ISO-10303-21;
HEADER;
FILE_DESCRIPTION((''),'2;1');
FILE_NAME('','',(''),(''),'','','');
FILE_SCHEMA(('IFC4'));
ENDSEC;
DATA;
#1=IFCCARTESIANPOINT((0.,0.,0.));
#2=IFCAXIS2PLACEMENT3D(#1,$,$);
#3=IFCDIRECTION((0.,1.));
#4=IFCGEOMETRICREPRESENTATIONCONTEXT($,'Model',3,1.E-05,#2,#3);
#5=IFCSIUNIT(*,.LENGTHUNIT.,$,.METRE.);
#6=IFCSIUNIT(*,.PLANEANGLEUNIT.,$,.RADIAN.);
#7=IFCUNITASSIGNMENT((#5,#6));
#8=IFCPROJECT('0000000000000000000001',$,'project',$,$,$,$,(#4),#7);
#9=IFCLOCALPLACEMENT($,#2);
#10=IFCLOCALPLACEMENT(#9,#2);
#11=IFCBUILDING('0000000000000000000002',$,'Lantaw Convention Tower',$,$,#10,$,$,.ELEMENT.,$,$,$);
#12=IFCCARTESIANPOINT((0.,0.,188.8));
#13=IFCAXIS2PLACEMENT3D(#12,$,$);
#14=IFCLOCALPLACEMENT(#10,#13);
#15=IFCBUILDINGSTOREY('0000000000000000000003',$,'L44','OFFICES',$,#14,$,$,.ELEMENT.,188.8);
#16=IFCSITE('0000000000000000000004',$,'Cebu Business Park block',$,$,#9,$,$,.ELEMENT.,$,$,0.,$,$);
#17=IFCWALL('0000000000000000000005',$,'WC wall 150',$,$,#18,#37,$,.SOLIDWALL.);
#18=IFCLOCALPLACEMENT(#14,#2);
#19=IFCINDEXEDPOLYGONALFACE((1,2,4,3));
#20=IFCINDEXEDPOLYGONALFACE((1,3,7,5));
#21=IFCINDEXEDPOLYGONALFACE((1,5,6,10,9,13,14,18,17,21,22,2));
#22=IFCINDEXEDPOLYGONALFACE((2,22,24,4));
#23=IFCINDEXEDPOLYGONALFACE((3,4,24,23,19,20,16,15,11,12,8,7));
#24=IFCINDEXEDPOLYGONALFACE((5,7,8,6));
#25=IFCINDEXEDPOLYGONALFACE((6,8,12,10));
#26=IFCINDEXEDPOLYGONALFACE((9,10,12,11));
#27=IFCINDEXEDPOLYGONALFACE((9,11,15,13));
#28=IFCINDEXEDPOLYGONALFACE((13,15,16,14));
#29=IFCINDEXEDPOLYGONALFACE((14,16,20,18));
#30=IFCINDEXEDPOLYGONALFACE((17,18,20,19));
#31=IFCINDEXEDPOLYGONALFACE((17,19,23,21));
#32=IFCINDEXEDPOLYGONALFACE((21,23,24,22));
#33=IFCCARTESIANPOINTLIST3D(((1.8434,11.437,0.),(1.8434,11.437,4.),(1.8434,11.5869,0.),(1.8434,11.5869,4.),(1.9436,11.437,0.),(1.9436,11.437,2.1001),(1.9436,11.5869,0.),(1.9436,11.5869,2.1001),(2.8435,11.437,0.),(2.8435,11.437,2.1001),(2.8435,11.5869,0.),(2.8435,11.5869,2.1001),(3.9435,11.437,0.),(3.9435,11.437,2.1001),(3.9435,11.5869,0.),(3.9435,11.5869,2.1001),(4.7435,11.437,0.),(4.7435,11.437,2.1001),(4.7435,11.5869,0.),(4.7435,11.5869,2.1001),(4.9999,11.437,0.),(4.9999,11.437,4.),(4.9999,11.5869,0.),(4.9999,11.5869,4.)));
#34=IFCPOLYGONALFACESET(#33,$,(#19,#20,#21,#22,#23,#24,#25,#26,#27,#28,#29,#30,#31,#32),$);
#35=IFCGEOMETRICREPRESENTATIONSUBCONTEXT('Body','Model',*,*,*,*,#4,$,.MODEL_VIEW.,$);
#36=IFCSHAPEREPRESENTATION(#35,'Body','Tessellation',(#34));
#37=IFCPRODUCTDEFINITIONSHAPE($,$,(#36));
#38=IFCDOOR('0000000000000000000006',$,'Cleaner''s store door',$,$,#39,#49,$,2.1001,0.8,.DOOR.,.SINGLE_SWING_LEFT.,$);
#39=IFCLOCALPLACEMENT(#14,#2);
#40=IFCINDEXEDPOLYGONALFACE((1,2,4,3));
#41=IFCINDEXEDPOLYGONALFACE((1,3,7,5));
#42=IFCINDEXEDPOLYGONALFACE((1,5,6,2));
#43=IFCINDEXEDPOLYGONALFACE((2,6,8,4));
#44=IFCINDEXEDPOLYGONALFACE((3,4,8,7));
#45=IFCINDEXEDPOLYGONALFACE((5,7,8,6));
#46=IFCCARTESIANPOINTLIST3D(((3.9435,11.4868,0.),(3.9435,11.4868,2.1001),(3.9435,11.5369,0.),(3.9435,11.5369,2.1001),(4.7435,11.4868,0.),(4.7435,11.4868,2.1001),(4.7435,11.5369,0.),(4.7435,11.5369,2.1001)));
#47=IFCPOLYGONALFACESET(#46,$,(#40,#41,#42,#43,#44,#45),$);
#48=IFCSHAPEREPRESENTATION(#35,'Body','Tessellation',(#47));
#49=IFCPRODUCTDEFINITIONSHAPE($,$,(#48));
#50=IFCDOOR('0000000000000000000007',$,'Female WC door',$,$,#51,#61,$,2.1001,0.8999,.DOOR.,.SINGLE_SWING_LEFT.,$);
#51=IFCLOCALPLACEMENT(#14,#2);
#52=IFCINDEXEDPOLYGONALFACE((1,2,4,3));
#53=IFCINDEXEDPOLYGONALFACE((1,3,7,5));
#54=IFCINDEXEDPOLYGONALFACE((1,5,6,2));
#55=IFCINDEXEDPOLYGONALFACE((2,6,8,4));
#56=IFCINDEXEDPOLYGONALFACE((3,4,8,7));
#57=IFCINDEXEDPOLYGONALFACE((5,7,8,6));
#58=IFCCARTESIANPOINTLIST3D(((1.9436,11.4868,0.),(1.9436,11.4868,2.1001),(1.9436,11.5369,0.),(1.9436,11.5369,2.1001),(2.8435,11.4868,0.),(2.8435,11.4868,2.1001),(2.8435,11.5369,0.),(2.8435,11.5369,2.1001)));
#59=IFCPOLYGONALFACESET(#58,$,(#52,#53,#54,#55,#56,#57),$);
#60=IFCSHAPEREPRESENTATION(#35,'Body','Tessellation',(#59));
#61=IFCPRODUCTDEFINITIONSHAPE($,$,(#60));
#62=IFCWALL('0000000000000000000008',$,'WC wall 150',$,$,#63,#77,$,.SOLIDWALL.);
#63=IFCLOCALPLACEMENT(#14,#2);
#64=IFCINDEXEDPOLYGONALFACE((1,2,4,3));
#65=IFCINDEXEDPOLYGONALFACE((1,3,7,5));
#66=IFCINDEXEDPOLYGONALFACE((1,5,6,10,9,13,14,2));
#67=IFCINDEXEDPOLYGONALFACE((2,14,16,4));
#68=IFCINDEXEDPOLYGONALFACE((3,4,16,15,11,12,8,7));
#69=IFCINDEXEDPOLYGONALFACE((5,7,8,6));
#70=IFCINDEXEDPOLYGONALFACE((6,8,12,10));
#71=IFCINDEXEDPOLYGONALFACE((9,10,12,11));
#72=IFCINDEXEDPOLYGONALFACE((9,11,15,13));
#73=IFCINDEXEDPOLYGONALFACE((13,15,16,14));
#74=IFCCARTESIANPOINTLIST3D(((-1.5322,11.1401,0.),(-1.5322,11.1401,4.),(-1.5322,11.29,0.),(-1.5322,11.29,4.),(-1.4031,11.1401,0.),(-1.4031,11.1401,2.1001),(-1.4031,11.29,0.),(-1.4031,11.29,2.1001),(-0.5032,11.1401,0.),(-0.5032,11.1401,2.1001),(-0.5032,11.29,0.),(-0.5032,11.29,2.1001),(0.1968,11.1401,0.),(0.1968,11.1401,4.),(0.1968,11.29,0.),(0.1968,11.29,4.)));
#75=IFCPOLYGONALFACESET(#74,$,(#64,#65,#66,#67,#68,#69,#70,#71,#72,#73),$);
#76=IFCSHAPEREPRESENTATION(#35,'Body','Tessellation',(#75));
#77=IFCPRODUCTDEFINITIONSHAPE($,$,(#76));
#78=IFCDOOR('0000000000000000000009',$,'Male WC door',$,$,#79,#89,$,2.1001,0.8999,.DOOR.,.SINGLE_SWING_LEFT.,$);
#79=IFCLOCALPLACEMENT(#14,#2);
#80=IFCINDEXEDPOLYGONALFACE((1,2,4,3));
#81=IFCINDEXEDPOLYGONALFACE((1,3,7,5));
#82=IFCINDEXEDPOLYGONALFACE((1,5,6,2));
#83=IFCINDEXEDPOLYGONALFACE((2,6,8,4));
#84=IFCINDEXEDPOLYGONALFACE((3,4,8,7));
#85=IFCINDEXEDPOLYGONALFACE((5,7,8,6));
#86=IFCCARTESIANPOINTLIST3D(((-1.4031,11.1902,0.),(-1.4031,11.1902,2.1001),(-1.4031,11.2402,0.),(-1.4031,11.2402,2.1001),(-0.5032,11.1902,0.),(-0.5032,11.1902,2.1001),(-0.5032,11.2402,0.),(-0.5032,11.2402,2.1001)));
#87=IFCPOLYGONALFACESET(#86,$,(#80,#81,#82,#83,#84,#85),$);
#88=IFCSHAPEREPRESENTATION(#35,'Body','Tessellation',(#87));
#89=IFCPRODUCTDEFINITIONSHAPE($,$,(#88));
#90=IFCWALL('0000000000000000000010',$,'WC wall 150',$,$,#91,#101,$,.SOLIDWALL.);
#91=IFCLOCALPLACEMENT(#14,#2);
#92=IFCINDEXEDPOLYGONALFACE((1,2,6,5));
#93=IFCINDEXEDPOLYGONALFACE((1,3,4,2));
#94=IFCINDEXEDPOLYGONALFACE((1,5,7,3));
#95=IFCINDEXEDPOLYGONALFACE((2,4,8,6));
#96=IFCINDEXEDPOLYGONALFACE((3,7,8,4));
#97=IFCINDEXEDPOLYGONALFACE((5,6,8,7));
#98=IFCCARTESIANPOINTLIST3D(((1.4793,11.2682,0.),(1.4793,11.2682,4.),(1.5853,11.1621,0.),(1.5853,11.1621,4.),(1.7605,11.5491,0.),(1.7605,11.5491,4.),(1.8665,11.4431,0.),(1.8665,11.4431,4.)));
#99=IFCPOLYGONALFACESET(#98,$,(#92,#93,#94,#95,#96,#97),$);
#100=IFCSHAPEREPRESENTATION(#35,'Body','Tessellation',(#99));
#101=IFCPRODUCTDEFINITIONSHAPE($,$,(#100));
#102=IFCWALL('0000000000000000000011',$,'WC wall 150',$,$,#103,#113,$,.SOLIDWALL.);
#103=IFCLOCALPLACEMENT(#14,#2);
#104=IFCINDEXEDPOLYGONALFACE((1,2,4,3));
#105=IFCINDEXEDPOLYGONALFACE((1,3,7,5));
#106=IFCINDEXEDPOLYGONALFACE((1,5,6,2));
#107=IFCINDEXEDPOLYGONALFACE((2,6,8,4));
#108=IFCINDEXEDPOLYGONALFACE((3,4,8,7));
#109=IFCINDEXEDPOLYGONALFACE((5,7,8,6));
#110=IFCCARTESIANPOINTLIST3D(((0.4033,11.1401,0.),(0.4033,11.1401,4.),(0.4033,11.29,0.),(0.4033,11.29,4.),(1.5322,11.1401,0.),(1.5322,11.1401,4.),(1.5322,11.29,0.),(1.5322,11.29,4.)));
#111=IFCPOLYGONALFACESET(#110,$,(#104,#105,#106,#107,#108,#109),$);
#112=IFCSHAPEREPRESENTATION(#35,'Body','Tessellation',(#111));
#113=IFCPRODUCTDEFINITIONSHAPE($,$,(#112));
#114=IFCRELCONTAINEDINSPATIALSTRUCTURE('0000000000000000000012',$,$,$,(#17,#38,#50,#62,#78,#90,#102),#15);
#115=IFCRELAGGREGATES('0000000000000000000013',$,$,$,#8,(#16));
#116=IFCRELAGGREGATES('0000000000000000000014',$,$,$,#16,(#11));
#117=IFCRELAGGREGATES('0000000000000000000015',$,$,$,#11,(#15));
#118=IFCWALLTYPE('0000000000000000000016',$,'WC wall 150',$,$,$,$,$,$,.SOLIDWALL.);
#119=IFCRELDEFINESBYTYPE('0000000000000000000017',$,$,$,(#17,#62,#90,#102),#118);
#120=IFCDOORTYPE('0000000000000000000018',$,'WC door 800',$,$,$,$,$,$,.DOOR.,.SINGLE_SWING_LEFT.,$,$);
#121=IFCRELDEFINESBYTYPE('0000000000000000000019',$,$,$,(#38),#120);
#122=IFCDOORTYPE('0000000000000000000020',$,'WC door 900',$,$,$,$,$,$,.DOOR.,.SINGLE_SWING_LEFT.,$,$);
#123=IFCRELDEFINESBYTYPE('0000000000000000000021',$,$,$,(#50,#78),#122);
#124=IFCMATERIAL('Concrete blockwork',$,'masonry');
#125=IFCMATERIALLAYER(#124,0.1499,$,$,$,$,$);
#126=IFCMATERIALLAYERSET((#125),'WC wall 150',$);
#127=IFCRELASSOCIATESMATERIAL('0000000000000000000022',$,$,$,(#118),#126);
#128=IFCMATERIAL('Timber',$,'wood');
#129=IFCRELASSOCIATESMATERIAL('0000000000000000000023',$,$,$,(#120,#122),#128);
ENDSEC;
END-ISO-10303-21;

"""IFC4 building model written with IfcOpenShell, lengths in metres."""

from ifc_helpers import new_model, si_unit, direction, frame, frame_2d, origin, place, context, subcontext, project, spatial, rectangle, extrude, material, layer, layer_set, type_object, element, fill, save


model = new_model("IFC4")

# Units and contexts
model_context = context("Model", 3, precision=1e-05, world=origin(), true_north=direction((0.0, 1.0)))
body_context = subcontext(model_context, "Body", "Model", "MODEL_VIEW")
ifc_project = project(units=[si_unit("LENGTHUNIT", "METRE"), si_unit("PLANEANGLEUNIT", "RADIAN")], contexts=[model_context])

# Site, building, storey
site_placement = place(None, origin())
site = spatial("IfcSite", under=ifc_project, at=site_placement, Name="Cebu Business Park block", CompositionType="ELEMENT", RefElevation=0.0)
building_placement = place(site_placement, origin())
building = spatial("IfcBuilding", under=site, at=building_placement, Name="Lantaw Convention Tower", CompositionType="ELEMENT")
storey_placement = place(building_placement, frame((0.0, 0.0, 188.8)))
storey = spatial("IfcBuildingStorey", under=building, at=storey_placement, Name="L44", Description="OFFICES", CompositionType="ELEMENT", Elevation=188.8)

# Shared definitions
ifc_material_1 = material(Name="Concrete blockwork", Category="masonry")
ifc_layer_1 = layer(ifc_material_1, 0.1499)
ifc_layer_set_1 = layer_set([ifc_layer_1], Name="WC wall 150")
wall_type_1 = type_object("IfcWallType", Name="WC wall 150", PredefinedType="SOLIDWALL", material=ifc_layer_set_1)

# Wall, openings, doors
wall_1_placement = place(storey_placement, frame((1.8435, 11.512, 0.0), z_axis=(0.0, 0.0, 1.0), x_axis=(1.0, 0.0, 0.0)))
wall_1 = element("IfcWall", 1, at=wall_1_placement, inside=storey, type_object=wall_type_1, Name="WC wall 150", PredefinedType="SOLIDWALL", context=body_context, shape_type="SweptSolid", body=[
    extrude(rectangle(XDim=3.1565, YDim=0.1499, at=frame_2d((1.5781, 0.0))), origin(), (0.0, 0.0, 1.0), 4.0),
])
opening_1_placement = place(wall_1_placement, frame((0.1001, 0.0, 0.0)))
opening_1 = element("IfcOpeningElement", 2, at=opening_1_placement, cuts=wall_1, PredefinedType="OPENING", context=body_context, shape_type="SweptSolid", body=[
    extrude(rectangle(XDim=0.8999, YDim=2.1001, at=frame_2d((0.45, 1.05))), frame((0.0, 0.085, 0.0), z_axis=(0.0, -1.0, 0.0), x_axis=(1.0, 0.0, 0.0)), (0.0, 0.0, 1.0), 0.1699),
])
opening_2_placement = place(wall_1_placement, frame((2.1001, 0.0, 0.0)))
opening_2 = element("IfcOpeningElement", 3, at=opening_2_placement, cuts=wall_1, PredefinedType="OPENING", context=body_context, shape_type="SweptSolid", body=[
    extrude(rectangle(XDim=0.8, YDim=2.1001, at=frame_2d((0.3999, 1.05))), frame((0.0, 0.085, 0.0), z_axis=(0.0, -1.0, 0.0), x_axis=(1.0, 0.0, 0.0)), (0.0, 0.0, 1.0), 0.1699),
])
ifc_material_2 = material(Name="Timber", Category="wood")
door_type_1 = type_object("IfcDoorType", Name="WC door 800", OperationType="SINGLE_SWING_LEFT", PredefinedType="DOOR", material=ifc_material_2)
door_1_placement = place(opening_2_placement, origin())
door_1 = element("IfcDoor", 4, at=door_1_placement, inside=storey, type_object=door_type_1, Name="Cleaner's store door", OperationType="SINGLE_SWING_LEFT", OverallHeight=2.1001, OverallWidth=0.8, PredefinedType="DOOR", context=body_context, shape_type="SweptSolid", body=[
    extrude(rectangle(XDim=0.8, YDim=2.1001, at=frame_2d((0.3999, 1.05))), frame((0.0, 0.0249, 0.0), z_axis=(0.0, -1.0, 0.0), x_axis=(1.0, 0.0, 0.0)), (0.0, 0.0, 1.0), 0.05),
])
fill(opening_2, door_1)
door_type_2 = type_object("IfcDoorType", Name="WC door 900", OperationType="SINGLE_SWING_LEFT", PredefinedType="DOOR", material=ifc_material_2)
door_2_placement = place(opening_1_placement, origin())
door_2 = element("IfcDoor", 5, at=door_2_placement, inside=storey, type_object=door_type_2, Name="Female WC door", OperationType="SINGLE_SWING_LEFT", OverallHeight=2.1001, OverallWidth=0.8999, PredefinedType="DOOR", context=body_context, shape_type="SweptSolid", body=[
    extrude(rectangle(XDim=0.8999, YDim=2.1001, at=frame_2d((0.45, 1.05))), frame((0.0, 0.0249, 0.0), z_axis=(0.0, -1.0, 0.0), x_axis=(1.0, 0.0, 0.0)), (0.0, 0.0, 1.0), 0.05),
])
fill(opening_1, door_2)

# Wall, opening, door
wall_2_placement = place(storey_placement, frame((0.1968, 11.2151, 0.0), z_axis=(0.0, 0.0, 1.0), x_axis=(-1.0, 0.0, 0.0)))
wall_2 = element("IfcWall", 6, at=wall_2_placement, inside=storey, type_object=wall_type_1, Name="WC wall 150", PredefinedType="SOLIDWALL", context=body_context, shape_type="SweptSolid", body=[
    extrude(rectangle(XDim=1.729, YDim=0.1499, at=frame_2d((0.8645, 0.0))), origin(), (0.0, 0.0, 1.0), 4.0),
])
opening_3_placement = place(wall_2_placement, frame((0.7, 0.0, 0.0)))
opening_3 = element("IfcOpeningElement", 7, at=opening_3_placement, cuts=wall_2, PredefinedType="OPENING", context=body_context, shape_type="SweptSolid", body=[
    extrude(rectangle(XDim=0.8999, YDim=2.1001, at=frame_2d((0.45, 1.05))), frame((0.0, 0.085, 0.0), z_axis=(0.0, -1.0, 0.0), x_axis=(1.0, 0.0, 0.0)), (0.0, 0.0, 1.0), 0.1699),
])
door_3_placement = place(opening_3_placement, origin())
door_3 = element("IfcDoor", 8, at=door_3_placement, inside=storey, type_object=door_type_2, Name="Male WC door", OperationType="SINGLE_SWING_LEFT", OverallHeight=2.1001, OverallWidth=0.8999, PredefinedType="DOOR", context=body_context, shape_type="SweptSolid", body=[
    extrude(rectangle(XDim=0.8999, YDim=2.1001, at=frame_2d((0.45, 1.05))), frame((0.0, 0.0249, 0.0), z_axis=(0.0, -1.0, 0.0), x_axis=(1.0, 0.0, 0.0)), (0.0, 0.0, 1.0), 0.05),
])
fill(opening_3, door_3)

# Walls
wall_3_placement = place(storey_placement, frame((1.8135, 11.4961, 0.0), z_axis=(0.0, 0.0, 1.0), x_axis=(-0.707414, -0.7068, 0.0)))
element("IfcWall", 9, at=wall_3_placement, inside=storey, type_object=wall_type_1, Name="WC wall 150", PredefinedType="SOLIDWALL", context=body_context, shape_type="SweptSolid", body=[
    extrude(rectangle(XDim=0.3975, YDim=0.1499, at=frame_2d((0.1987, 0.0))), origin(), (0.0, 0.0, 1.0), 4.0),
])
wall_4_placement = place(storey_placement, frame((1.5322, 11.2151, 0.0), z_axis=(0.0, 0.0, 1.0), x_axis=(-1.0, 0.0, 0.0)))
element("IfcWall", 10, at=wall_4_placement, inside=storey, type_object=wall_type_1, Name="WC wall 150", PredefinedType="SOLIDWALL", context=body_context, shape_type="SweptSolid", body=[
    extrude(rectangle(XDim=1.1289, YDim=0.1499, at=frame_2d((0.5645, 0.0))), origin(), (0.0, 0.0, 1.0), 4.0),
])

save(model, "model.ifc")
